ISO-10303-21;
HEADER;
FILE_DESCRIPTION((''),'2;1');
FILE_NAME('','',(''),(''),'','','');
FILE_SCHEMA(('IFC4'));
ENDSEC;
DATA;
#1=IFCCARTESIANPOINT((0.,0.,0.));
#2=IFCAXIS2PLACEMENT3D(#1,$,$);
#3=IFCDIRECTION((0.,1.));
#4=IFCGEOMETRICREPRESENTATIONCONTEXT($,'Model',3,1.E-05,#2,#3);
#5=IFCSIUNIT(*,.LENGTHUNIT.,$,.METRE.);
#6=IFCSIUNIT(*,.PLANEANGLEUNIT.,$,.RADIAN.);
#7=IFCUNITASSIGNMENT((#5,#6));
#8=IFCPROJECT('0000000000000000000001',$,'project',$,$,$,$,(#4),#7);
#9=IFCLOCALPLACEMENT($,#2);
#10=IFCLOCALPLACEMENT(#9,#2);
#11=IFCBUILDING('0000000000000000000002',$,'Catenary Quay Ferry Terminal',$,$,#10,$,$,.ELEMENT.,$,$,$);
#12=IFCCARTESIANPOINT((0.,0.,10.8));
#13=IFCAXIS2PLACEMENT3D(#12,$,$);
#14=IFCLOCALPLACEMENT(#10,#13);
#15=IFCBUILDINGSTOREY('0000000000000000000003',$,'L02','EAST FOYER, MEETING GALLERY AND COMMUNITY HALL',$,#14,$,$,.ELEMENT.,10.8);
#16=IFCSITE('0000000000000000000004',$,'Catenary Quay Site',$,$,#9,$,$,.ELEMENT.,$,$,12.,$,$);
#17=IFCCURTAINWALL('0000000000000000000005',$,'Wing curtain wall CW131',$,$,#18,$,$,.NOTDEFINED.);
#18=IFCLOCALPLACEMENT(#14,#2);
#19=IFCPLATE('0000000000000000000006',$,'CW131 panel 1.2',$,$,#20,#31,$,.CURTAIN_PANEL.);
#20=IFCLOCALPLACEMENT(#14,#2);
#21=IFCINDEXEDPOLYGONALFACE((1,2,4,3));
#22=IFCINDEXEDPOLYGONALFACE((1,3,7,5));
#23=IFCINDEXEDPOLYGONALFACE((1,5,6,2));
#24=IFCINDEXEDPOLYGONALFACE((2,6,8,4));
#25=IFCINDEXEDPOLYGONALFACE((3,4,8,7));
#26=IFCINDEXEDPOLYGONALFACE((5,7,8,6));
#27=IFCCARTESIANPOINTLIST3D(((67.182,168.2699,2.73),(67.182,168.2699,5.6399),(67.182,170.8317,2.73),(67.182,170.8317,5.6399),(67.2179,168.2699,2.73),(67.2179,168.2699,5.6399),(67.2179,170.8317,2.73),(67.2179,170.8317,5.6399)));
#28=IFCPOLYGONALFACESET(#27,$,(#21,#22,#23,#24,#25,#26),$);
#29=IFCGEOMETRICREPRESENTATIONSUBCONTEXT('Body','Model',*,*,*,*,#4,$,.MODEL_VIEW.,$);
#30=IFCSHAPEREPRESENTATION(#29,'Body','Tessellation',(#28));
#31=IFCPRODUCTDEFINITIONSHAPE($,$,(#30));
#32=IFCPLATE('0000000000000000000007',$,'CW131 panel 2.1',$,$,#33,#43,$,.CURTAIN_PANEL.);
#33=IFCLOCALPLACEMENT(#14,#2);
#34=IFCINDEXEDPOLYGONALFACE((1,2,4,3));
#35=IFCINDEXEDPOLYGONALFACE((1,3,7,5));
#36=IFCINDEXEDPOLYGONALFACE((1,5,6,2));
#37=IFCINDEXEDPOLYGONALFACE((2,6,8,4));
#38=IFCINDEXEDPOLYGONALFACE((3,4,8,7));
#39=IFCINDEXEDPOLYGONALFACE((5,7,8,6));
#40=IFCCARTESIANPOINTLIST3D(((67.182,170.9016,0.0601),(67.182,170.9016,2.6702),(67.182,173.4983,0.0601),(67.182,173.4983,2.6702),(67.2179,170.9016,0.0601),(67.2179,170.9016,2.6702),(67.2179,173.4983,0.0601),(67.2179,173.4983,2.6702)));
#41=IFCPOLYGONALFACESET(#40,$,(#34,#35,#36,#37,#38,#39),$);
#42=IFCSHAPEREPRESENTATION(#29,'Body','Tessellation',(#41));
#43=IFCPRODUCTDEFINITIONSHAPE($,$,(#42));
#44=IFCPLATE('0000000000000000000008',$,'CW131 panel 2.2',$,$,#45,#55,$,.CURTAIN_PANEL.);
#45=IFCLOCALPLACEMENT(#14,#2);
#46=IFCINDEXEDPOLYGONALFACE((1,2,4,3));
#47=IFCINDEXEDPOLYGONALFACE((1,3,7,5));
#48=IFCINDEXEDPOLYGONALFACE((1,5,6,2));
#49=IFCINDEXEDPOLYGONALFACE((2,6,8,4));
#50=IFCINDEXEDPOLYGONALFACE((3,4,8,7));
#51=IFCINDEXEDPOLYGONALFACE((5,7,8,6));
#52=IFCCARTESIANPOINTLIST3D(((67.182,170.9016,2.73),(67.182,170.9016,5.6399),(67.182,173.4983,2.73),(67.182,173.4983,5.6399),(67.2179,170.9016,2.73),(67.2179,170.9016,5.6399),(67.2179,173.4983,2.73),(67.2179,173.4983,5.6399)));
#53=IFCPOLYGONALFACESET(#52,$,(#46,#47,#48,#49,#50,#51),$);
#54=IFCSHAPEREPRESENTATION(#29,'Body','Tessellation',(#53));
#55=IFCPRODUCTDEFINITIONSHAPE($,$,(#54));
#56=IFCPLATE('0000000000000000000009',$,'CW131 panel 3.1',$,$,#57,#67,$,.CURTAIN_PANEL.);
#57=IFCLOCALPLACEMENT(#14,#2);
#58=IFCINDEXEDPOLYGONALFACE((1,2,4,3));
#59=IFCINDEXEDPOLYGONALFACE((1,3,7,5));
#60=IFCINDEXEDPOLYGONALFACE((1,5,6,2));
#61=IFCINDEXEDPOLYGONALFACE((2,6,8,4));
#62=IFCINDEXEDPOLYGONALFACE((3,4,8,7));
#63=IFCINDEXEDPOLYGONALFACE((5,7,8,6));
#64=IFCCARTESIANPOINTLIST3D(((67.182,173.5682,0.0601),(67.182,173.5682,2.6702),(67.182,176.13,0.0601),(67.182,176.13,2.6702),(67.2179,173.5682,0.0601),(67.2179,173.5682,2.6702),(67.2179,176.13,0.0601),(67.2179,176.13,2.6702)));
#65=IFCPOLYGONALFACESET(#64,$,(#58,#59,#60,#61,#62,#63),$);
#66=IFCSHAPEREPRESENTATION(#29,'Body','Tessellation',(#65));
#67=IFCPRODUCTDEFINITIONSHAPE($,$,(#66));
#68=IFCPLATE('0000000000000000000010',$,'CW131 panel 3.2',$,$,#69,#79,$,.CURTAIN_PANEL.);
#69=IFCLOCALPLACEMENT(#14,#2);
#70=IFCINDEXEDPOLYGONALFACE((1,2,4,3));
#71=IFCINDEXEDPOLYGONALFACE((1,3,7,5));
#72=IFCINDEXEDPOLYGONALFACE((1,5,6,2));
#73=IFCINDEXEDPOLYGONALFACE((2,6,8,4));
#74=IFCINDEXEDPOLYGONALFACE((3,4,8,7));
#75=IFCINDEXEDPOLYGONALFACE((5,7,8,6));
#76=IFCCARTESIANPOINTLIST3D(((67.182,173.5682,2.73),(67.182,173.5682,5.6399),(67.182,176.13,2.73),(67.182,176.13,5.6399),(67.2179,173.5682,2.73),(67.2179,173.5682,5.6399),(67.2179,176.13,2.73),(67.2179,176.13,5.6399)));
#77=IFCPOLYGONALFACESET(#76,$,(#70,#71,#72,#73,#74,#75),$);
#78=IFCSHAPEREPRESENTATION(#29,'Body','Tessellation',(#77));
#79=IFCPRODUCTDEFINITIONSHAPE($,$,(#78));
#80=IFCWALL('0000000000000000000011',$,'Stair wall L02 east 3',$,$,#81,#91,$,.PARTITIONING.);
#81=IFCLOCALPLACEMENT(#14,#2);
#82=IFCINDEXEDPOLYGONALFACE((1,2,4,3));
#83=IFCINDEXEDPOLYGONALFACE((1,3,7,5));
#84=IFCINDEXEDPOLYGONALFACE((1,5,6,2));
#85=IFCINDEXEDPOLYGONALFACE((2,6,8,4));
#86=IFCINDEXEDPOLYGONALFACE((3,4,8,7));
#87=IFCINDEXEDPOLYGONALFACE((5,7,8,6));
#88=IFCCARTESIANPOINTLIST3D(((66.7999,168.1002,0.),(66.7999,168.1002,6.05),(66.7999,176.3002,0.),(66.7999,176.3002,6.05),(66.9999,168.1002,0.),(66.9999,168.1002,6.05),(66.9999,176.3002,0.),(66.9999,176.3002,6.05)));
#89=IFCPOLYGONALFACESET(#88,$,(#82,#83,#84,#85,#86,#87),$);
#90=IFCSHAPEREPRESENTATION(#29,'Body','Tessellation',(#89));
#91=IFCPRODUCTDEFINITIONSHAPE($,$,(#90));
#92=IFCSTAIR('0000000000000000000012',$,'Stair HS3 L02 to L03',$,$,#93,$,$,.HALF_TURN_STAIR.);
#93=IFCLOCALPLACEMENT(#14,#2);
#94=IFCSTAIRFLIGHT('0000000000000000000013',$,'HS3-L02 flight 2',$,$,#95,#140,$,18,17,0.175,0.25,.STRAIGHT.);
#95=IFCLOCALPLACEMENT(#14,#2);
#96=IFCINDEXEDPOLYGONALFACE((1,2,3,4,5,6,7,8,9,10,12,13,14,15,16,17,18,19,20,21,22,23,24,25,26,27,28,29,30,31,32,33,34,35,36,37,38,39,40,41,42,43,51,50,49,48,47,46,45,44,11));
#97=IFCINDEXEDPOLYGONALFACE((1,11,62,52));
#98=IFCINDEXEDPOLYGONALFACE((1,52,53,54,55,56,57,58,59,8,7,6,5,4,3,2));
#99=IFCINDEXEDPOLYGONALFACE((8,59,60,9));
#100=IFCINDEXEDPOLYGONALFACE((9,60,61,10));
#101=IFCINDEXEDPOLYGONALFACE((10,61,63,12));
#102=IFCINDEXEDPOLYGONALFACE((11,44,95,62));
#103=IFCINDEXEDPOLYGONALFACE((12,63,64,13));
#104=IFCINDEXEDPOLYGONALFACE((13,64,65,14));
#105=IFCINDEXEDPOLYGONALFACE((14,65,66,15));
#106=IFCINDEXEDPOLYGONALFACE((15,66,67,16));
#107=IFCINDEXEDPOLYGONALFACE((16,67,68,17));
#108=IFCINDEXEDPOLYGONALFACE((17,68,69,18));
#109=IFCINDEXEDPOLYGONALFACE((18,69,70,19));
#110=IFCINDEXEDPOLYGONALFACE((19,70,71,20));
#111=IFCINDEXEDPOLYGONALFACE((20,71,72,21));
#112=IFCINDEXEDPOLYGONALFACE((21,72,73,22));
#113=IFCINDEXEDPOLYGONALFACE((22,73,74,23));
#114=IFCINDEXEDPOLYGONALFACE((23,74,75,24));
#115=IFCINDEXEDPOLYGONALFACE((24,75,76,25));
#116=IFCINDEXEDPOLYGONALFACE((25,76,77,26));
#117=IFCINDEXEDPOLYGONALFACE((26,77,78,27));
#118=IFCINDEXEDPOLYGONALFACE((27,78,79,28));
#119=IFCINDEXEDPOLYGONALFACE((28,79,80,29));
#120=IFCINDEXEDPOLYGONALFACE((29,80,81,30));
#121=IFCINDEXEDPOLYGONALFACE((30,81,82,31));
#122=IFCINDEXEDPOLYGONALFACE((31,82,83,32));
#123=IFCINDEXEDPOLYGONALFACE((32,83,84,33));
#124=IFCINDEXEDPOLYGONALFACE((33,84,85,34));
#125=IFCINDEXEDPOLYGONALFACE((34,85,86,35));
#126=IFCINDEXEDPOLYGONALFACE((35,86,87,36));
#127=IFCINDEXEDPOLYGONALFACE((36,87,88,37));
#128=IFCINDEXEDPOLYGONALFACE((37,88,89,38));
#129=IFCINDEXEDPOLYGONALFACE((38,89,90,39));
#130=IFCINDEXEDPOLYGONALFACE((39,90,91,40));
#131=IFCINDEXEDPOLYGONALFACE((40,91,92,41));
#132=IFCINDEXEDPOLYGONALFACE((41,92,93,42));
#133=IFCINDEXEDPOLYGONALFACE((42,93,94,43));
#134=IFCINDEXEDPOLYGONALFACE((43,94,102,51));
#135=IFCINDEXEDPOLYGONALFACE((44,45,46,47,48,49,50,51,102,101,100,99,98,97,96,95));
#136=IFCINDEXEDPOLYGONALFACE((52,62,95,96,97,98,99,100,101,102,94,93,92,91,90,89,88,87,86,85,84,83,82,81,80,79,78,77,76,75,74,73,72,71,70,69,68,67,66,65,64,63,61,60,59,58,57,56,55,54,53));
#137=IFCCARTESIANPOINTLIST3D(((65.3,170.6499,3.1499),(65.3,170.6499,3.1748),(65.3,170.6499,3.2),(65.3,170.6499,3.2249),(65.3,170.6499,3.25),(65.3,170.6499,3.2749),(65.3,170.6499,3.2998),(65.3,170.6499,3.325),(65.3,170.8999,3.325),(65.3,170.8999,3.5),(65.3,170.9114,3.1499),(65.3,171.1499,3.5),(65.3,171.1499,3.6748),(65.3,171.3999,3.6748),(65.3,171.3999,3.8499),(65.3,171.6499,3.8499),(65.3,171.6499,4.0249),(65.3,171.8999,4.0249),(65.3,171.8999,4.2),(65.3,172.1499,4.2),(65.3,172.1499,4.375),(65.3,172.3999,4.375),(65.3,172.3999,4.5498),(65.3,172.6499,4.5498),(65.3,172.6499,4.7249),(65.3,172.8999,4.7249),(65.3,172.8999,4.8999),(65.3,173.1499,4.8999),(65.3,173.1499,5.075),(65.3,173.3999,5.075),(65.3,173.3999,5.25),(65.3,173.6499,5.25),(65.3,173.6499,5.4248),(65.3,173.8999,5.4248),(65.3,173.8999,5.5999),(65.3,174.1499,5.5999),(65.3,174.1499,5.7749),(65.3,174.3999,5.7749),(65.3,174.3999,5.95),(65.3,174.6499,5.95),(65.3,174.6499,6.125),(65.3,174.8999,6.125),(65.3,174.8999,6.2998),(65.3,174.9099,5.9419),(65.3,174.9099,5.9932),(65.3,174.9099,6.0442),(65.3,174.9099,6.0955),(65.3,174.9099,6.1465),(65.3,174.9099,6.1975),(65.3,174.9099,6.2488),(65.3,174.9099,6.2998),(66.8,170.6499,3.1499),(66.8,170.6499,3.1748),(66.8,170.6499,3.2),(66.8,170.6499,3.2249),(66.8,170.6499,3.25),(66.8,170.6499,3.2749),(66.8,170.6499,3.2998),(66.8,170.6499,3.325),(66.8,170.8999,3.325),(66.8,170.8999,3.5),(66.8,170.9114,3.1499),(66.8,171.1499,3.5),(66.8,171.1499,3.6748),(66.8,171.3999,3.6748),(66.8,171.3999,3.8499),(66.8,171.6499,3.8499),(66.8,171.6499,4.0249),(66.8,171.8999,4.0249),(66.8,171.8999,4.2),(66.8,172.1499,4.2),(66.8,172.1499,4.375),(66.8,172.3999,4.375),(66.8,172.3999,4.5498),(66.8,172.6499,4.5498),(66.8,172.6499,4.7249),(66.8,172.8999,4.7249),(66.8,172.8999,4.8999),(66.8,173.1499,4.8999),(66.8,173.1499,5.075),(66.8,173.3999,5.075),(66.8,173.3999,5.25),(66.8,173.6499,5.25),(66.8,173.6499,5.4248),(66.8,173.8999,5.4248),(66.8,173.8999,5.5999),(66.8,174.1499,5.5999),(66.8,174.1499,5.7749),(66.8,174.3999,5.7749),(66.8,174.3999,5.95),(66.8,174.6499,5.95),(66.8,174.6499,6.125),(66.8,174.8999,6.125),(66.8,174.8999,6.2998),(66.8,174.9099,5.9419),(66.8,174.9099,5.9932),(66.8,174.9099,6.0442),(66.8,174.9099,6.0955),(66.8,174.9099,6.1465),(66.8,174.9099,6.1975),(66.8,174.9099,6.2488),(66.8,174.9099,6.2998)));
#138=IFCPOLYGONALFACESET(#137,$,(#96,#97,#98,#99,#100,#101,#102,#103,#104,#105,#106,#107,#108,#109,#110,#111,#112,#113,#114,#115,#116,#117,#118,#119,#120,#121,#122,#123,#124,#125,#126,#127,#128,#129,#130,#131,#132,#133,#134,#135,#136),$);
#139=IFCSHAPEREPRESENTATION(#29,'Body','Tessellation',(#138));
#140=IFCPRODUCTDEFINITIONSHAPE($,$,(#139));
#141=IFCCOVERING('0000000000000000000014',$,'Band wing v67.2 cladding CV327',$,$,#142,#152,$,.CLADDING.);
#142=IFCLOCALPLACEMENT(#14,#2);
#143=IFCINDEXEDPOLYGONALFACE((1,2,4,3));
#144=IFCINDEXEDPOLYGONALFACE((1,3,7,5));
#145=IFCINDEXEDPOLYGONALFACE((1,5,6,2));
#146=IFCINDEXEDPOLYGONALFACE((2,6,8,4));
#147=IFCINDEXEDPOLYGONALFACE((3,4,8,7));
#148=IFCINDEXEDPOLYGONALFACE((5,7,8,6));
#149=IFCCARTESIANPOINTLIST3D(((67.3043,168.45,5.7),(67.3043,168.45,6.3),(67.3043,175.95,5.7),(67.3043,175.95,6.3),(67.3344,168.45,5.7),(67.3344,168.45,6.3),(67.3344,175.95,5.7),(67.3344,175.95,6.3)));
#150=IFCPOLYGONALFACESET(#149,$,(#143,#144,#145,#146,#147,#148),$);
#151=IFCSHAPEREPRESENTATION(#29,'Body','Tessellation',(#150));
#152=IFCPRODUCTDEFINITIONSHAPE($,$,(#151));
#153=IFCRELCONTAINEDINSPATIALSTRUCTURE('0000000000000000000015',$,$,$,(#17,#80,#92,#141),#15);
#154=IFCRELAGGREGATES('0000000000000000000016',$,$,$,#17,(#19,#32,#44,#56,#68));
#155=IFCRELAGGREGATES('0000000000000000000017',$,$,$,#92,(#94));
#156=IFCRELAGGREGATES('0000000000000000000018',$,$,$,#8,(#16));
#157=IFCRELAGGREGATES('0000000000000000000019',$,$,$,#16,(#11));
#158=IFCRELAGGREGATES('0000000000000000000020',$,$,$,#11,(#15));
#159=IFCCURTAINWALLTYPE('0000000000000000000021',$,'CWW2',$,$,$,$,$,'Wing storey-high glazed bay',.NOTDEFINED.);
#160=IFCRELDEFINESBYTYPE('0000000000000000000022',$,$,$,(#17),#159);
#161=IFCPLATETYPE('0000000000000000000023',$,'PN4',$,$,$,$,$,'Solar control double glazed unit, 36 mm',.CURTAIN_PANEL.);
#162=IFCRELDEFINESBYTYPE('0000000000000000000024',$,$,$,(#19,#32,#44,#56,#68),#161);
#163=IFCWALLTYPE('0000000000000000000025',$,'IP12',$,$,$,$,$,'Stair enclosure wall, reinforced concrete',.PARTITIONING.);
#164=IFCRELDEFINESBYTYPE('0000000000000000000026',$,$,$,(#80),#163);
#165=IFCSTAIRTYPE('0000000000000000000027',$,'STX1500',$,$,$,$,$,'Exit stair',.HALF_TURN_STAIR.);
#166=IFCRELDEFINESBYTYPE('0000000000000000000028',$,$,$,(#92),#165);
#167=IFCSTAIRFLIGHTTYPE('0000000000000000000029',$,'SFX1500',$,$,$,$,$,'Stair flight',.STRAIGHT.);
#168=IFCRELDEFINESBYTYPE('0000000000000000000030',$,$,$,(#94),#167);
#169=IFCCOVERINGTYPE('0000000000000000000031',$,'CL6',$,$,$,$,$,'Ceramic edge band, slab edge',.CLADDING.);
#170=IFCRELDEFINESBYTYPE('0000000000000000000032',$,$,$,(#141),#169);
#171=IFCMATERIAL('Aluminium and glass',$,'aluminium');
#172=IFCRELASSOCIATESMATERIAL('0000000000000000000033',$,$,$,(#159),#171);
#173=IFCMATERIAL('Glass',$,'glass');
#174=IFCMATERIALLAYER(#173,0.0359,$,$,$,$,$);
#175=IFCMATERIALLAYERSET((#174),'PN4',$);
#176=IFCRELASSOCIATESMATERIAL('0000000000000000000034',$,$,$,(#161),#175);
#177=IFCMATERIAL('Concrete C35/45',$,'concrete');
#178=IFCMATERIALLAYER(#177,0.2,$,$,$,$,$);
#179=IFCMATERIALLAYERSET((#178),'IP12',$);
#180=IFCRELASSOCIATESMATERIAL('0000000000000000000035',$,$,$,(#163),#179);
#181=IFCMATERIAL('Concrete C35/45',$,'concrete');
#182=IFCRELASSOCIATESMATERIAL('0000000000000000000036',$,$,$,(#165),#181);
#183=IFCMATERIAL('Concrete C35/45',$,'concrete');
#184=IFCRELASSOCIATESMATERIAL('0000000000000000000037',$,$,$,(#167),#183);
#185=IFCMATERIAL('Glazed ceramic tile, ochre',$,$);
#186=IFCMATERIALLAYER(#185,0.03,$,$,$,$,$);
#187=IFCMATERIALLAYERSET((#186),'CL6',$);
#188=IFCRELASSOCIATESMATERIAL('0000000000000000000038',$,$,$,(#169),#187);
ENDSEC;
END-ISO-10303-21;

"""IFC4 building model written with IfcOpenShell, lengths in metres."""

from ifc_helpers import new_model, si_unit, direction, frame, frame_2d, origin, origin_2d, place, context, subcontext, project, spatial, polyline, rectangle, outline, extrude, material, layer, layer_set, type_object, element, aggregate, save


model = new_model("IFC4")

# Units and contexts
model_context = context("Model", 3, precision=1e-05, world=origin(), true_north=direction((0.0, 1.0)))
body_context = subcontext(model_context, "Body", "Model", "MODEL_VIEW")
ifc_project = project(units=[si_unit("LENGTHUNIT", "METRE"), si_unit("PLANEANGLEUNIT", "RADIAN")], contexts=[model_context])

# Site, building, storey
site_placement = place(None, origin())
site = spatial("IfcSite", under=ifc_project, at=site_placement, Name="Catenary Quay Site", CompositionType="ELEMENT", RefElevation=12.0)
building_placement = place(site_placement, origin())
building = spatial("IfcBuilding", under=site, at=building_placement, Name="Catenary Quay Ferry Terminal", CompositionType="ELEMENT")
storey_placement = place(building_placement, frame((0.0, 0.0, 10.8)))
storey = spatial("IfcBuildingStorey", under=building, at=storey_placement, Name="L02", Description="EAST FOYER, MEETING GALLERY AND COMMUNITY HALL", CompositionType="ELEMENT", Elevation=10.8)

# Shared definitions
ifc_material_1 = material(Name="Aluminium and glass", Category="aluminium")
curtain_wall_type = type_object("IfcCurtainWallType", Name="CWW2", ElementType="Wing storey-high glazed bay", PredefinedType="NOTDEFINED", material=ifc_material_1)

# Curtain wall
curtain_wall_1_placement = place(storey_placement, origin())
curtain_wall_1 = element("IfcCurtainWall", 1, at=curtain_wall_1_placement, inside=storey, type_object=curtain_wall_type, Name="Wing curtain wall CW131", PredefinedType="NOTDEFINED")

# Plates
ifc_material_2 = material(Name="Glass", Category="glass")
ifc_layer_1 = layer(ifc_material_2, 0.0359)
ifc_layer_set_1 = layer_set([ifc_layer_1], Name="PN4")
plate_type = type_object("IfcPlateType", Name="PN4", ElementType="Solar control double glazed unit, 36 mm", PredefinedType="CURTAIN_PANEL", material=ifc_layer_set_1)
plate_1_placement = place(storey_placement, frame((67.2, 169.5508, 2.73), z_axis=(0.0, 0.0, 1.0), x_axis=(0.0, 1.0, 0.0)))
plate_1 = element("IfcPlate", 2, at=plate_1_placement, type_object=plate_type, Name="CW131 panel 1.2", PredefinedType="CURTAIN_PANEL", context=body_context, shape_type="SweptSolid", body=[
    extrude(rectangle(XDim=2.5618, YDim=0.0359, at=origin_2d()), origin(), (0.0, 0.0, 1.0), 2.9099),
])
plate_2_placement = place(storey_placement, frame((67.2, 172.2, 0.0601), z_axis=(0.0, 0.0, 1.0), x_axis=(0.0, 1.0, 0.0)))
plate_2 = element("IfcPlate", 3, at=plate_2_placement, type_object=plate_type, Name="CW131 panel 2.1", PredefinedType="CURTAIN_PANEL", context=body_context, shape_type="SweptSolid", body=[
    extrude(rectangle(XDim=2.5967, YDim=0.0359, at=origin_2d()), origin(), (0.0, 0.0, 1.0), 2.6101),
])
plate_3_placement = place(storey_placement, frame((67.2, 172.2, 2.73), z_axis=(0.0, 0.0, 1.0), x_axis=(0.0, 1.0, 0.0)))
plate_3 = element("IfcPlate", 4, at=plate_3_placement, type_object=plate_type, Name="CW131 panel 2.2", PredefinedType="CURTAIN_PANEL", context=body_context, shape_type="SweptSolid", body=[
    extrude(rectangle(XDim=2.5967, YDim=0.0359, at=origin_2d()), origin(), (0.0, 0.0, 1.0), 2.9099),
])
plate_4_placement = place(storey_placement, frame((67.2, 174.8491, 0.0601), z_axis=(0.0, 0.0, 1.0), x_axis=(0.0, 1.0, 0.0)))
plate_4 = element("IfcPlate", 5, at=plate_4_placement, type_object=plate_type, Name="CW131 panel 3.1", PredefinedType="CURTAIN_PANEL", context=body_context, shape_type="SweptSolid", body=[
    extrude(rectangle(XDim=2.5618, YDim=0.0359, at=origin_2d()), origin(), (0.0, 0.0, 1.0), 2.6101),
])
plate_5_placement = place(storey_placement, frame((67.2, 174.8491, 2.73), z_axis=(0.0, 0.0, 1.0), x_axis=(0.0, 1.0, 0.0)))
plate_5 = element("IfcPlate", 6, at=plate_5_placement, type_object=plate_type, Name="CW131 panel 3.2", PredefinedType="CURTAIN_PANEL", context=body_context, shape_type="SweptSolid", body=[
    extrude(rectangle(XDim=2.5618, YDim=0.0359, at=origin_2d()), origin(), (0.0, 0.0, 1.0), 2.9099),
])
aggregate(curtain_wall_1, [plate_1, plate_2, plate_3, plate_4, plate_5])

# Wall
ifc_material_3 = material(Name="Concrete C35/45", Category="concrete")
ifc_layer_2 = layer(ifc_material_3, 0.2)
ifc_layer_set_2 = layer_set([ifc_layer_2], Name="IP12")
wall_type = type_object("IfcWallType", Name="IP12", ElementType="Stair enclosure wall, reinforced concrete", PredefinedType="PARTITIONING", material=ifc_layer_set_2)
wall_placement = place(storey_placement, frame((66.8999, 168.1001, 0.0), z_axis=(0.0, 0.0, 1.0), x_axis=(0.0, 1.0, 0.0)))
element("IfcWall", 7, at=wall_placement, inside=storey, type_object=wall_type, Name="Stair wall L02 east 3", PredefinedType="PARTITIONING", context=body_context, shape_type="SweptSolid", body=[
    extrude(rectangle(XDim=8.2, YDim=0.2, at=frame_2d((4.1001, 0.0))), origin(), (0.0, 0.0, 1.0), 6.05),
])

# Stair, stair flight
ifc_material_4 = material(Name="Concrete C35/45", Category="concrete")
stair_type = type_object("IfcStairType", Name="STX1500", ElementType="Exit stair", PredefinedType="HALF_TURN_STAIR", material=ifc_material_4)
stair_placement = place(storey_placement, origin())
stair = element("IfcStair", 8, at=stair_placement, inside=storey, type_object=stair_type, Name="Stair HS3 L02 to L03", PredefinedType="HALF_TURN_STAIR")
ifc_material_5 = material(Name="Concrete C35/45", Category="concrete")
stair_flight_type = type_object("IfcStairFlightType", Name="SFX1500", ElementType="Stair flight", PredefinedType="STRAIGHT", material=ifc_material_5)
stair_flight_placement = place(storey_placement, frame((66.05, 170.6499, 3.1499), z_axis=(0.0, 0.0, 1.0), x_axis=(0.0, 1.0, 0.0)))
stair_flight = element("IfcStairFlight", 9, at=stair_flight_placement, type_object=stair_flight_type, Name="HS3-L02 flight 2", NumberOfRisers=18, NumberOfTreads=17, PredefinedType="STRAIGHT", RiserHeight=0.175, TreadLength=0.25, context=body_context, shape_type="SweptSolid", body=[
    extrude(outline(polyline([(0.0, 0.0), (0.0, 0.0249), (0.0, 0.05), (0.0, 0.075), (0.0, 0.1001), (0.0, 0.125), (0.0, 0.1499), (0.0, 0.175), (0.25, 0.175), (0.25, 0.3501), (0.5, 0.3501), (0.5, 0.5249), (0.75, 0.5249), (0.75, 0.7), (1.0, 0.7), (1.0, 0.875), (1.25, 0.875), (1.25, 1.05), (1.5, 1.05), (1.5, 1.2251), (1.75, 1.2251), (1.75, 1.3999), (2.0, 1.3999), (2.0, 1.575), (2.25, 1.575), (2.25, 1.75), (2.5, 1.75), (2.5, 1.925), (2.75, 1.925), (2.75, 2.1001), (3.0, 2.1001), (3.0, 2.2749), (3.25, 2.2749), (3.25, 2.45), (3.5, 2.45), (3.5, 2.625), (3.75, 2.625), (3.75, 2.8), (4.0, 2.8), (4.0, 2.9751), (4.25, 2.9751), (4.25, 3.1499), (4.26, 3.1499), (4.26, 3.0989), (4.26, 3.0476), (4.26, 2.9966), (4.26, 2.9456), (4.26, 2.8943), (4.26, 2.8433), (4.26, 2.792), (0.2615, 0.0), (0.0, 0.0)])), frame((0.0, 0.75, 0.0), z_axis=(0.0, -1.0, 0.0), x_axis=(1.0, 0.0, 0.0)), (0.0, 0.0, 1.0), 1.5),
])
aggregate(stair, [stair_flight])

# Covering
ifc_material_6 = material(Name="Glazed ceramic tile, ochre")
ifc_layer_3 = layer(ifc_material_6, 0.03)
ifc_layer_set_3 = layer_set([ifc_layer_3], Name="CL6")
covering_type = type_object("IfcCoveringType", Name="CL6", ElementType="Ceramic edge band, slab edge", PredefinedType="CLADDING", material=ifc_layer_set_3)
covering_placement = place(storey_placement, frame((67.3193, 172.2, 5.7), z_axis=(0.0, 0.0, 1.0), x_axis=(1.0, 0.0, 0.0)))
element("IfcCovering", 10, at=covering_placement, inside=storey, type_object=covering_type, Name="Band wing v67.2 cladding CV327", PredefinedType="CLADDING", context=body_context, shape_type="SweptSolid", body=[
    extrude(rectangle(XDim=0.03, YDim=7.5, at=origin_2d()), origin(), (0.0, 0.0, 1.0), 0.6001),
])

save(model, "model.ifc")
